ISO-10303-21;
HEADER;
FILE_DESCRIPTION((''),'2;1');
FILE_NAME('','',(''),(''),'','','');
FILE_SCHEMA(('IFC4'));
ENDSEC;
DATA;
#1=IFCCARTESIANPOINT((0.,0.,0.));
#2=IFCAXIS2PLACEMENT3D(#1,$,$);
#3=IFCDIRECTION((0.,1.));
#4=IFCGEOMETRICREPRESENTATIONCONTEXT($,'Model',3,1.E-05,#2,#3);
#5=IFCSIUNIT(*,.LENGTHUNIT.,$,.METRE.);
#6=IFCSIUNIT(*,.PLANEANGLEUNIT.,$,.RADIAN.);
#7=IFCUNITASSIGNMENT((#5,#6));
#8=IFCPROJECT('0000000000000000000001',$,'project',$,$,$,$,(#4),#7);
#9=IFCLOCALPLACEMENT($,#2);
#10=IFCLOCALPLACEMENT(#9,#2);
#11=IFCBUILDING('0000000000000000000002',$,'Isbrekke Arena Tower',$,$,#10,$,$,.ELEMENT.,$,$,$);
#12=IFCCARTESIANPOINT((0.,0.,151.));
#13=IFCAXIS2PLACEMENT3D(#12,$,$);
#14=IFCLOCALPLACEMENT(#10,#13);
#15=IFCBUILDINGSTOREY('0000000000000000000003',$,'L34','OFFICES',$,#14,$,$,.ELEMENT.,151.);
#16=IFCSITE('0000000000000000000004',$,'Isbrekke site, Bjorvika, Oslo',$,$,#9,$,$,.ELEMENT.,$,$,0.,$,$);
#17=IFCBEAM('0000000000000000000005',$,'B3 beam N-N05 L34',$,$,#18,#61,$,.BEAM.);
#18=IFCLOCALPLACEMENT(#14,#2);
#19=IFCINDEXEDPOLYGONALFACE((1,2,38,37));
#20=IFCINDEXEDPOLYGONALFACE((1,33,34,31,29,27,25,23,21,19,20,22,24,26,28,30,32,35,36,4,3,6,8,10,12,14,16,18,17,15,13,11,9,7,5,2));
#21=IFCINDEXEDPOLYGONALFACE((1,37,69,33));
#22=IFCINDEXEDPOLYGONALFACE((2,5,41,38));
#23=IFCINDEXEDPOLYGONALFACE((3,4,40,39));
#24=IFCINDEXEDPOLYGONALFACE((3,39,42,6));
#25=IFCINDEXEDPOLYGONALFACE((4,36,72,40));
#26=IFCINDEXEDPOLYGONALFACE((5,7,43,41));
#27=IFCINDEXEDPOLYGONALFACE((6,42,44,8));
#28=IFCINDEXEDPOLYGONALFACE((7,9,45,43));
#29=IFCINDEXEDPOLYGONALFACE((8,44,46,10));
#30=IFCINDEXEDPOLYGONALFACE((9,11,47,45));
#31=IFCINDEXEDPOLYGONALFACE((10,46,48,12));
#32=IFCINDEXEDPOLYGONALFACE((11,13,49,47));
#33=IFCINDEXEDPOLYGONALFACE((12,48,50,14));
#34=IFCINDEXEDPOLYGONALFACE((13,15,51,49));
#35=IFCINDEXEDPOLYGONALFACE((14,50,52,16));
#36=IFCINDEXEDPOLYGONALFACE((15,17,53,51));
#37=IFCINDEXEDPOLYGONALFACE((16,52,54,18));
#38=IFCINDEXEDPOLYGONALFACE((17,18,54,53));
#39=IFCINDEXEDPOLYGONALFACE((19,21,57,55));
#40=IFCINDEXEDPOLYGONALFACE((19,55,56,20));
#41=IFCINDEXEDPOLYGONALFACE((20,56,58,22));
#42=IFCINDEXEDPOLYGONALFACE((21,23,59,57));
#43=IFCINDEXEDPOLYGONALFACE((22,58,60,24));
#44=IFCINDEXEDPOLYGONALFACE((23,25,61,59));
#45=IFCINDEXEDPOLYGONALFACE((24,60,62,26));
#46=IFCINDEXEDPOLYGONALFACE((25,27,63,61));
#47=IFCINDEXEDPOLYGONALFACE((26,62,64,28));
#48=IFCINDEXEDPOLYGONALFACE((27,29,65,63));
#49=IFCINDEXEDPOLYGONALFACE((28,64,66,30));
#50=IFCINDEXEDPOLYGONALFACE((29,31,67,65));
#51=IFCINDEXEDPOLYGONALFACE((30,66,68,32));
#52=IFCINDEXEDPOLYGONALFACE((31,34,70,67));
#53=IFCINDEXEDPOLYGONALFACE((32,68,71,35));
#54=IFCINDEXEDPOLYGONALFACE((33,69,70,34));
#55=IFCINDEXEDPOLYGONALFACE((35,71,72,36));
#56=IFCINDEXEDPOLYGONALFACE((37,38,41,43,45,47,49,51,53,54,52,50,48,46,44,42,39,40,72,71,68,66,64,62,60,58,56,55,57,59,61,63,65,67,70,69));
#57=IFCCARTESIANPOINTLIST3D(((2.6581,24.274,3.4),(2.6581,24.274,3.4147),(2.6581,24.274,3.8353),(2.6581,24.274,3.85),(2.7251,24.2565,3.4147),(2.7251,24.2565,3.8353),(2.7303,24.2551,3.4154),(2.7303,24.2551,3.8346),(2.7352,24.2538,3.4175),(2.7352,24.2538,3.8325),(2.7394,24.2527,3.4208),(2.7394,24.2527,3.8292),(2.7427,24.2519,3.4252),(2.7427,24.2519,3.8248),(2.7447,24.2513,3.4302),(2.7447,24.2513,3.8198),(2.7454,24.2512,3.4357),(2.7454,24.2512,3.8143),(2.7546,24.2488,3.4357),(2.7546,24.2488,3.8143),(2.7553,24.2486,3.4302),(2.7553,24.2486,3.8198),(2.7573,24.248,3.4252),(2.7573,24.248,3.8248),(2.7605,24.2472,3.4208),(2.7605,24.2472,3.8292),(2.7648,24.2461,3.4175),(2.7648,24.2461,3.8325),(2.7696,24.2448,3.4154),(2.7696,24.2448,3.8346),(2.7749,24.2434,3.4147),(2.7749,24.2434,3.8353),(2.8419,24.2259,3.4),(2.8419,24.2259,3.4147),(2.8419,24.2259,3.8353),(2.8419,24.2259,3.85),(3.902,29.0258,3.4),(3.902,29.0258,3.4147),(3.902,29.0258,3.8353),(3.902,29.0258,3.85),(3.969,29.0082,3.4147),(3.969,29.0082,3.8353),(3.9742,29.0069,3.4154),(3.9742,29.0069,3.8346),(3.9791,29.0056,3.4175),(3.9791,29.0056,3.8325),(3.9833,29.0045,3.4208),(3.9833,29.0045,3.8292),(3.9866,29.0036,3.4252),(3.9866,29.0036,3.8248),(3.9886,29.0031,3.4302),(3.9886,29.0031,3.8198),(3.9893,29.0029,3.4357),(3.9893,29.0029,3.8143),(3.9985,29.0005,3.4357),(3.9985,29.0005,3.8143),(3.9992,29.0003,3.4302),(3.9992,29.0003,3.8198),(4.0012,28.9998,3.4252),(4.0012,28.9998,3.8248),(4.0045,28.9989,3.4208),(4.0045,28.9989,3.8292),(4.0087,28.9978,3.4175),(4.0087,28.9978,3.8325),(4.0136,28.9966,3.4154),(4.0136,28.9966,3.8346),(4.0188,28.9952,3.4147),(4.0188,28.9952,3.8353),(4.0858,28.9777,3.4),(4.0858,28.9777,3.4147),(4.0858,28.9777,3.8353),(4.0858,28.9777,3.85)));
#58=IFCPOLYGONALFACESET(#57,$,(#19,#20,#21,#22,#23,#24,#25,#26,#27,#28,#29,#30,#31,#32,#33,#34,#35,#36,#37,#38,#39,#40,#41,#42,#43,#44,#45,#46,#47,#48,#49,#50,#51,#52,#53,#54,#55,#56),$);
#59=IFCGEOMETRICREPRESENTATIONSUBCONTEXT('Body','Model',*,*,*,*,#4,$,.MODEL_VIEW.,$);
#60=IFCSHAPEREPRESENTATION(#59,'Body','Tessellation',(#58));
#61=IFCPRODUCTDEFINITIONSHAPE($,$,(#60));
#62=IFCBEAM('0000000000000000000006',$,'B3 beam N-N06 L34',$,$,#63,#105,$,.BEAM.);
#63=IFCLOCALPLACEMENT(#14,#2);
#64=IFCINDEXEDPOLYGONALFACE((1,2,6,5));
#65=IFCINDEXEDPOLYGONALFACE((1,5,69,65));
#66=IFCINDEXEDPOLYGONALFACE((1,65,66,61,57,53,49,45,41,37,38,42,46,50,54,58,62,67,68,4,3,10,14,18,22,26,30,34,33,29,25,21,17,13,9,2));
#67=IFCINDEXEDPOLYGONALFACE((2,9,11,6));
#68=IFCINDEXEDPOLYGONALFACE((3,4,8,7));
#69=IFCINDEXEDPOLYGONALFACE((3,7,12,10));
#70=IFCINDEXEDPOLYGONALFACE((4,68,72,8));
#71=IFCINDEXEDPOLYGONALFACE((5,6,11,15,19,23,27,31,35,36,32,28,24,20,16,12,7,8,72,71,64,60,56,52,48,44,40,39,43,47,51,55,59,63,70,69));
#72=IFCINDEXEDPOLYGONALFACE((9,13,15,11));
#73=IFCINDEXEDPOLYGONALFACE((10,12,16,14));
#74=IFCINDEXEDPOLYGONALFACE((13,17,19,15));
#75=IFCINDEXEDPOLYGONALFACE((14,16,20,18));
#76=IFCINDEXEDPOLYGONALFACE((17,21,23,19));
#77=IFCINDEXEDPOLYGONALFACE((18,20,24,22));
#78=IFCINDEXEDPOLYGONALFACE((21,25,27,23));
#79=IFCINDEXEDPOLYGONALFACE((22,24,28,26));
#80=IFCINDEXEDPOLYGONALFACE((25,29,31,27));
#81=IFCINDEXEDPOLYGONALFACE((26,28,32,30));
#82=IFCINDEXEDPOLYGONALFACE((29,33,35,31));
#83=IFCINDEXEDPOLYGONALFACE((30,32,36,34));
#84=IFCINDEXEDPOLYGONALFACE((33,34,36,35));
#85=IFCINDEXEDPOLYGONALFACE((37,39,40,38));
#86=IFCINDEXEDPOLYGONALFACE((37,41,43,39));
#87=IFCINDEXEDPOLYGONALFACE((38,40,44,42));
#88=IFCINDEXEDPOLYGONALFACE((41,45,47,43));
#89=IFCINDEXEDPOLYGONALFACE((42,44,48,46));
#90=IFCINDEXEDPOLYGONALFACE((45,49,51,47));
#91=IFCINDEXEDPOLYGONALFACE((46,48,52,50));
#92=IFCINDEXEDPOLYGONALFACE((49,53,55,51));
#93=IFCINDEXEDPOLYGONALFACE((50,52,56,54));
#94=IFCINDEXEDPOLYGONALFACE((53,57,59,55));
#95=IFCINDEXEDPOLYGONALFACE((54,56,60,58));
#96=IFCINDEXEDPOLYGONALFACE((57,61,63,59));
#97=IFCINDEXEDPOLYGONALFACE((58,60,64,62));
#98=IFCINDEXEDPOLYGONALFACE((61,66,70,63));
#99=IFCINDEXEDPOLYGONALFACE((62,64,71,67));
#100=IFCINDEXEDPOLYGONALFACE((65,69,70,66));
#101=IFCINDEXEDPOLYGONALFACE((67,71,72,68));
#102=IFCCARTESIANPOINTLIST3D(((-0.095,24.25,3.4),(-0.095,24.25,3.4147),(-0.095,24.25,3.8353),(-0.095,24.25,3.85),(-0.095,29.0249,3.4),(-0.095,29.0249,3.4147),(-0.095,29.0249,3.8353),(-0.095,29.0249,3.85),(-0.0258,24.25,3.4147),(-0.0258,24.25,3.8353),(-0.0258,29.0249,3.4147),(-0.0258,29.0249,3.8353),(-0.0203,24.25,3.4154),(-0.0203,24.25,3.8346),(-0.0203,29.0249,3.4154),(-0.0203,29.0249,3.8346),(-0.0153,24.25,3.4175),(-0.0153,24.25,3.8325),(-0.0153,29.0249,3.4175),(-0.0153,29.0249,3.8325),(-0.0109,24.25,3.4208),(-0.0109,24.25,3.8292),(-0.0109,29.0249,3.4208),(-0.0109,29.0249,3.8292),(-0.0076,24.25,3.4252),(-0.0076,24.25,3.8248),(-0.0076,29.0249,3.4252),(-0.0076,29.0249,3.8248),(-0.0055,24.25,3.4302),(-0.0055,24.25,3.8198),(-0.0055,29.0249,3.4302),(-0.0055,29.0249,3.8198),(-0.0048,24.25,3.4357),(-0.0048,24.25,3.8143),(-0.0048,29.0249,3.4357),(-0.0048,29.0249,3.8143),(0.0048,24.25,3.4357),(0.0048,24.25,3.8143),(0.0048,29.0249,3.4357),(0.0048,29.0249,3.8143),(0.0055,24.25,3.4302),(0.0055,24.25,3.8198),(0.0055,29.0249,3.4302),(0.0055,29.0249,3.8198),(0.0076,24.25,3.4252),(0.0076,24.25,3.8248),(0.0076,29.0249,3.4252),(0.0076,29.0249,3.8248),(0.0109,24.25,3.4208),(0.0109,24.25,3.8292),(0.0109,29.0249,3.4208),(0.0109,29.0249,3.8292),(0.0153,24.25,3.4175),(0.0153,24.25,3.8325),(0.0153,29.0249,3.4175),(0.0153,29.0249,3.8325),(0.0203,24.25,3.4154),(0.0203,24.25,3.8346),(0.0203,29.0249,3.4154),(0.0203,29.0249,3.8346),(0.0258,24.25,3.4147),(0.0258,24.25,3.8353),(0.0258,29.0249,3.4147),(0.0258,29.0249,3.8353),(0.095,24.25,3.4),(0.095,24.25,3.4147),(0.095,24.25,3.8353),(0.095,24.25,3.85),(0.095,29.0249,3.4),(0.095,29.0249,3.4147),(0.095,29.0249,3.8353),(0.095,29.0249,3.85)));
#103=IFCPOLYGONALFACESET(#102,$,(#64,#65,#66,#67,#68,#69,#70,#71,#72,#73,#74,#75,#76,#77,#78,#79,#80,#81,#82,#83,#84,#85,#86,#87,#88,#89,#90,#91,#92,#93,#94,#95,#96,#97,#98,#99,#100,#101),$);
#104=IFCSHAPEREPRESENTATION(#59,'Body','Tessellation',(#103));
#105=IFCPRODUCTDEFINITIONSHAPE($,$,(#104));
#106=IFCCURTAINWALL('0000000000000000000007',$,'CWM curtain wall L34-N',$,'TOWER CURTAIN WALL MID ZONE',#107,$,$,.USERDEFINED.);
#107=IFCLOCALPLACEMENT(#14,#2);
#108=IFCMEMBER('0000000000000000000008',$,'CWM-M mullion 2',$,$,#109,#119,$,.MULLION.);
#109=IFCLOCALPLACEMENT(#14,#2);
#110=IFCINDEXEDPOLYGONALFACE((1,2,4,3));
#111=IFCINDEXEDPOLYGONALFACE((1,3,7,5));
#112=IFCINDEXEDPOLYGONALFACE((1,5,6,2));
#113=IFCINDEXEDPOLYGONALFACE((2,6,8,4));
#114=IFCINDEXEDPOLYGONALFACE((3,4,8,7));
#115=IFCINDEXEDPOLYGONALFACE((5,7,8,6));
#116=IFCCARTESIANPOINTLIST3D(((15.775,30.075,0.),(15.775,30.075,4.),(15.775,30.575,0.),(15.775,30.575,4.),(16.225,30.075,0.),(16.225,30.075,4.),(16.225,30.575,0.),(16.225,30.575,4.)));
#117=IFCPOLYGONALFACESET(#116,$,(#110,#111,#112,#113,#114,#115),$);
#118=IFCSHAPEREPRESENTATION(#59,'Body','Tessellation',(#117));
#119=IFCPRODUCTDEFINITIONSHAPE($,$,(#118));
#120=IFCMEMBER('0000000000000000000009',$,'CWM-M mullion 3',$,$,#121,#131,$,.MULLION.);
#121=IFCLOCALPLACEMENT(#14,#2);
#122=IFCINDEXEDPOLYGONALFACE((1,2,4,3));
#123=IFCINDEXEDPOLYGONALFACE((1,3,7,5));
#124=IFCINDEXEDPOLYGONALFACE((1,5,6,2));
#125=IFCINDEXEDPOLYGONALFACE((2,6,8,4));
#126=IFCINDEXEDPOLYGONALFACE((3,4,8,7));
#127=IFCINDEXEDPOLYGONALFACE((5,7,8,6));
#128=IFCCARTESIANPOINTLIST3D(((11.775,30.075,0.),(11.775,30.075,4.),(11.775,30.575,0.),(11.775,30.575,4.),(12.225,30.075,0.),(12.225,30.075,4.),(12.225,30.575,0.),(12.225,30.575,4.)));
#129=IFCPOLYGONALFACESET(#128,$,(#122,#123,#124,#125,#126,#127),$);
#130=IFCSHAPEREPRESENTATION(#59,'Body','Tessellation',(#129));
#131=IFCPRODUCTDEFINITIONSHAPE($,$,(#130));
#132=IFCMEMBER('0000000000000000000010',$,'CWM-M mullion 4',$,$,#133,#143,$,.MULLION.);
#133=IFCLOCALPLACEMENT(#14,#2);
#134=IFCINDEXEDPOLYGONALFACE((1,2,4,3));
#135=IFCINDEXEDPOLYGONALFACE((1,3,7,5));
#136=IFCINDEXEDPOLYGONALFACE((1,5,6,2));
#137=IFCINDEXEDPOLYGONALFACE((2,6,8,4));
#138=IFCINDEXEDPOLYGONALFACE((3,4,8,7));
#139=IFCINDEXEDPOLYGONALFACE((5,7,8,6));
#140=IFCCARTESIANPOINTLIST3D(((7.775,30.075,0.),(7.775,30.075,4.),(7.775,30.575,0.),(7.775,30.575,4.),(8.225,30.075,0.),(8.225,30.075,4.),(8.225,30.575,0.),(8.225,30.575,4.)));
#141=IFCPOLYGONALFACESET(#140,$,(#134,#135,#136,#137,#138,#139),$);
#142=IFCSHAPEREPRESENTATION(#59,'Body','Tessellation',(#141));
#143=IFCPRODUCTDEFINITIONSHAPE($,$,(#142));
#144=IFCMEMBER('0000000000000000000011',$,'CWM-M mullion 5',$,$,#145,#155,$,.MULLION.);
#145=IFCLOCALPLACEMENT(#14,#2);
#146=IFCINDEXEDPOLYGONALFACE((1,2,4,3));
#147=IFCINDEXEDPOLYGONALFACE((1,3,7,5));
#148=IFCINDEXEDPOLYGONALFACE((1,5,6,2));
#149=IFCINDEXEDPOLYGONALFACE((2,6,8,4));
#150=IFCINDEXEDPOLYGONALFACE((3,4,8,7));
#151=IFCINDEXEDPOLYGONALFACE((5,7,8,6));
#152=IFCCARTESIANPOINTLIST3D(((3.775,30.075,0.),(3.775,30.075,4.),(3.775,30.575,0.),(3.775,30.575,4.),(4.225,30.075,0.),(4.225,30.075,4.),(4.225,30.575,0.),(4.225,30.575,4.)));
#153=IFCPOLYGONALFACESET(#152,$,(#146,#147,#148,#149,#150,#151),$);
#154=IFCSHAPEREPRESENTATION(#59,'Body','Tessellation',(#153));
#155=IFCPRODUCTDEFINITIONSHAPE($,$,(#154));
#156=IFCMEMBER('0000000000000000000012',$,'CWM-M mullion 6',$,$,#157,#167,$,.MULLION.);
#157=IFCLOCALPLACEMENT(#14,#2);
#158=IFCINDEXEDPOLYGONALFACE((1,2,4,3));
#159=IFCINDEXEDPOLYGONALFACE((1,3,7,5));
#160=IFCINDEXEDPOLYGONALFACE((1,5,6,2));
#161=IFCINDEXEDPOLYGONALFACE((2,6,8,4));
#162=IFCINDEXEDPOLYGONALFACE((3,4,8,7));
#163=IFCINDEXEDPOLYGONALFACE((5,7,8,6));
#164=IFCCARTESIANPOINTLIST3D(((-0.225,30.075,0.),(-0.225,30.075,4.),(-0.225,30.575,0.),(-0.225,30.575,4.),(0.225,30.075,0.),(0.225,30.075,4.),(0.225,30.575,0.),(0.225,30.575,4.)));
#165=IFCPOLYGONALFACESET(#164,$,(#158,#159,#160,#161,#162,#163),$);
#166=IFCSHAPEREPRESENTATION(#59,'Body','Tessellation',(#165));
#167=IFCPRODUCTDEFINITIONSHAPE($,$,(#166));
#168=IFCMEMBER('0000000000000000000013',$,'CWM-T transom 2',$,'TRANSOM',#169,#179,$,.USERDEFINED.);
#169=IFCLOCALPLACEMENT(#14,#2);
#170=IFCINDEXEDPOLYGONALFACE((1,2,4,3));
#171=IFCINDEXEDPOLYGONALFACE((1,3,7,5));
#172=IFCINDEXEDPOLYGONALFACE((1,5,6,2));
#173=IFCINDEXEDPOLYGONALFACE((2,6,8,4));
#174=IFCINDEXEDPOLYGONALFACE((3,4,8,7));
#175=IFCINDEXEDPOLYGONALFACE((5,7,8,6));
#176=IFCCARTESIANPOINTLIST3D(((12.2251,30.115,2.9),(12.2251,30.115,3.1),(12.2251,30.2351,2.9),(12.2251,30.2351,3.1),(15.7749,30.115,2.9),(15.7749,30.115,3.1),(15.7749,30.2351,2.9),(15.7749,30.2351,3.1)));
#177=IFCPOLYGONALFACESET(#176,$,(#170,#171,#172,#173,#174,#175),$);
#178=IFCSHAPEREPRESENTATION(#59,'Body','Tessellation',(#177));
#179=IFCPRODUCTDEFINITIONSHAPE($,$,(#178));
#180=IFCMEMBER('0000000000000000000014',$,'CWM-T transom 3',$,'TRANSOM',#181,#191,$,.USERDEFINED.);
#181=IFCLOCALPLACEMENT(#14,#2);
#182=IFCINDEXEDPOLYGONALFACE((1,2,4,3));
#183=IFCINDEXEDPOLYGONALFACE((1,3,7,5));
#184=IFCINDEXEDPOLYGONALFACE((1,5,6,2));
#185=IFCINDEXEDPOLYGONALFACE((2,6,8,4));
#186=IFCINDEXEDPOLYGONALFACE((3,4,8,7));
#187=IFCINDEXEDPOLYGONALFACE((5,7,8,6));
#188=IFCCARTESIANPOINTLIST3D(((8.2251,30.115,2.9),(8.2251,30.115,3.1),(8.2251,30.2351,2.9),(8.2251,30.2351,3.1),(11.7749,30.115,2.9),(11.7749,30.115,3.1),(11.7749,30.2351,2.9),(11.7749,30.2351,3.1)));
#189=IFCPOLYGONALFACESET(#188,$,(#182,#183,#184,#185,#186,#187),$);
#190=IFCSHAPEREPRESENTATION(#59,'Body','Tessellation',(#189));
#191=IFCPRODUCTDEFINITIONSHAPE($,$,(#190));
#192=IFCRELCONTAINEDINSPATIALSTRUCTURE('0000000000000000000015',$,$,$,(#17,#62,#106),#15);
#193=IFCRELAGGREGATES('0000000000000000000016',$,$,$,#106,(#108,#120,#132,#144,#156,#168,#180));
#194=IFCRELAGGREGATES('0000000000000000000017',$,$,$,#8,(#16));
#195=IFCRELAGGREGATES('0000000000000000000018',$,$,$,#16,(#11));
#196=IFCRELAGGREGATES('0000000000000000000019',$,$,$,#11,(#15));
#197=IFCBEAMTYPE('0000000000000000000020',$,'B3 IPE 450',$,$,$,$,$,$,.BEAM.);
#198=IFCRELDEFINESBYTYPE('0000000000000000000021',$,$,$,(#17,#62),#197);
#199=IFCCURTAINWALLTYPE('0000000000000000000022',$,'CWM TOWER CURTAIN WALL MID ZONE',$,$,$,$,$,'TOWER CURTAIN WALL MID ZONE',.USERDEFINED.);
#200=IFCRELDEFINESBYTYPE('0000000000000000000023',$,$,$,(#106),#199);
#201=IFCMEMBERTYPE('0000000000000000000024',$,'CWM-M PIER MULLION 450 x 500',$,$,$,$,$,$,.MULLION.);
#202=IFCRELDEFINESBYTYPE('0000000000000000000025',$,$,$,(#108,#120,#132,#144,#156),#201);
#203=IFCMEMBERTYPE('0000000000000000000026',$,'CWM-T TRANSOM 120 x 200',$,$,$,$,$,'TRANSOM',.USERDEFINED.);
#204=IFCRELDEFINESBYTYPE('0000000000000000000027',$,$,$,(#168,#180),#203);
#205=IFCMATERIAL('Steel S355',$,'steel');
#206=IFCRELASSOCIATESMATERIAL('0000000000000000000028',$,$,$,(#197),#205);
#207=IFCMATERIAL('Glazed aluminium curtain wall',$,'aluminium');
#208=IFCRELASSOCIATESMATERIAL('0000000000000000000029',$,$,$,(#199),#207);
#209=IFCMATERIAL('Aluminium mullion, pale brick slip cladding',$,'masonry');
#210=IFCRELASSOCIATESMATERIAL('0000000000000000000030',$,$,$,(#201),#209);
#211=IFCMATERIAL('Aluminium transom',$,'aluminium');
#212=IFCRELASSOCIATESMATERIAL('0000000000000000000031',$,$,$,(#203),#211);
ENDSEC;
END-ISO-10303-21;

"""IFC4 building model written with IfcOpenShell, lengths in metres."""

from ifc_helpers import new_model, si_unit, direction, frame, origin, origin_2d, place, context, subcontext, project, spatial, rectangle, i_section, extrude, material, material_profile, profile_set, type_object, element, aggregate, save


model = new_model("IFC4")

# Units and contexts
model_context = context("Model", 3, precision=1e-05, world=origin(), true_north=direction((0.0, 1.0)))
body_context = subcontext(model_context, "Body", "Model", "MODEL_VIEW")
ifc_project = project(units=[si_unit("LENGTHUNIT", "METRE"), si_unit("PLANEANGLEUNIT", "RADIAN")], contexts=[model_context])

# Site, building, storey
site_placement = place(None, origin())
site = spatial("IfcSite", under=ifc_project, at=site_placement, Name="Isbrekke site, Bjorvika, Oslo", CompositionType="ELEMENT", RefElevation=0.0)
building_placement = place(site_placement, origin())
building = spatial("IfcBuilding", under=site, at=building_placement, Name="Isbrekke Arena Tower", CompositionType="ELEMENT")
storey_placement = place(building_placement, frame((0.0, 0.0, 151.0)))
storey = spatial("IfcBuildingStorey", under=building, at=storey_placement, Name="L34", Description="OFFICES", CompositionType="ELEMENT", Elevation=151.0)

# Beams
ifc_material_1 = material(Name="Steel S355", Category="steel")
ifc_material_profile_1 = material_profile(ifc_material_1, i_section(OverallWidth=0.1899, OverallDepth=0.45, WebThickness=0.0095, FlangeThickness=0.0146, FilletRadius=0.021, at=origin_2d()), Name="IPE 450")
ifc_profile_set_1 = profile_set([ifc_material_profile_1], Name="Steel S355")
beam_type_1 = type_object("IfcBeamType", Name="B3 IPE 450", PredefinedType="BEAM", material=ifc_profile_set_1)
beam_1_placement = place(storey_placement, frame((3.9939, 29.0017, 3.625), z_axis=(-0.253245, -0.967402, 0.0), x_axis=(0.967402, -0.253245, 0.0)))
element("IfcBeam", 1, at=beam_1_placement, inside=storey, type_object=beam_type_1, Name="B3 beam N-N05 L34", PredefinedType="BEAM", context=body_context, shape_type="SweptSolid", body=[
    extrude(i_section(OverallWidth=0.1899, OverallDepth=0.45, WebThickness=0.0095, FlangeThickness=0.0146, FilletRadius=0.021, at=origin_2d()), origin(), (0.0, 0.0, 1.0), 4.9119),
])
beam_2_placement = place(storey_placement, frame((0.0, 29.0249, 3.625), z_axis=(0.0, -1.0, 0.0), x_axis=(1.0, 0.0, 0.0)))
element("IfcBeam", 2, at=beam_2_placement, inside=storey, type_object=beam_type_1, Name="B3 beam N-N06 L34", PredefinedType="BEAM", context=body_context, shape_type="SweptSolid", body=[
    extrude(i_section(OverallWidth=0.1899, OverallDepth=0.45, WebThickness=0.0095, FlangeThickness=0.0146, FilletRadius=0.021, at=origin_2d()), origin(), (0.0, 0.0, 1.0), 4.7749),
])

# Curtain wall, members
ifc_material_2 = material(Name="Glazed aluminium curtain wall", Category="aluminium")
curtain_wall_type = type_object("IfcCurtainWallType", Name="CWM TOWER CURTAIN WALL MID ZONE", ElementType="TOWER CURTAIN WALL MID ZONE", PredefinedType="USERDEFINED", material=ifc_material_2)
curtain_wall_placement = place(storey_placement, origin())
curtain_wall = element("IfcCurtainWall", 3, at=curtain_wall_placement, inside=storey, type_object=curtain_wall_type, Name="CWM curtain wall L34-N", ObjectType="TOWER CURTAIN WALL MID ZONE", PredefinedType="USERDEFINED")
ifc_material_3 = material(Name="Aluminium mullion, pale brick slip cladding", Category="masonry")
ifc_material_profile_2 = material_profile(ifc_material_3, rectangle(XDim=0.45, YDim=0.5, at=origin_2d()), Name="PIER 450X500")
ifc_profile_set_2 = profile_set([ifc_material_profile_2], Name="Aluminium mullion, pale brick slip cladding")
member_type_1 = type_object("IfcMemberType", Name="CWM-M PIER MULLION 450 x 500", PredefinedType="MULLION", material=ifc_profile_set_2)
member_1_placement = place(storey_placement, frame((16.0, 30.325, 0.0), z_axis=(0.0, 0.0, 1.0), x_axis=(-1.0, 0.0, 0.0)))
member_1 = element("IfcMember", 4, at=member_1_placement, type_object=member_type_1, Name="CWM-M mullion 2", PredefinedType="MULLION", context=body_context, shape_type="SweptSolid", body=[
    extrude(rectangle(XDim=0.45, YDim=0.5, at=origin_2d()), origin(), (0.0, 0.0, 1.0), 4.0),
])
member_2_placement = place(storey_placement, frame((12.0, 30.325, 0.0), z_axis=(0.0, 0.0, 1.0), x_axis=(-1.0, 0.0, 0.0)))
member_2 = element("IfcMember", 5, at=member_2_placement, type_object=member_type_1, Name="CWM-M mullion 3", PredefinedType="MULLION", context=body_context, shape_type="SweptSolid", body=[
    extrude(rectangle(XDim=0.45, YDim=0.5, at=origin_2d()), origin(), (0.0, 0.0, 1.0), 4.0),
])
member_3_placement = place(storey_placement, frame((8.0, 30.325, 0.0), z_axis=(0.0, 0.0, 1.0), x_axis=(-1.0, 0.0, 0.0)))
member_3 = element("IfcMember", 6, at=member_3_placement, type_object=member_type_1, Name="CWM-M mullion 4", PredefinedType="MULLION", context=body_context, shape_type="SweptSolid", body=[
    extrude(rectangle(XDim=0.45, YDim=0.5, at=origin_2d()), origin(), (0.0, 0.0, 1.0), 4.0),
])
member_4_placement = place(storey_placement, frame((4.0, 30.325, 0.0), z_axis=(0.0, 0.0, 1.0), x_axis=(-1.0, 0.0, 0.0)))
member_4 = element("IfcMember", 7, at=member_4_placement, type_object=member_type_1, Name="CWM-M mullion 5", PredefinedType="MULLION", context=body_context, shape_type="SweptSolid", body=[
    extrude(rectangle(XDim=0.45, YDim=0.5, at=origin_2d()), origin(), (0.0, 0.0, 1.0), 4.0),
])
member_5_placement = place(storey_placement, frame((0.0, 30.325, 0.0), z_axis=(0.0, 0.0, 1.0), x_axis=(-1.0, 0.0, 0.0)))
member_5 = element("IfcMember", 8, at=member_5_placement, type_object=member_type_1, Name="CWM-M mullion 6", PredefinedType="MULLION", context=body_context, shape_type="SweptSolid", body=[
    extrude(rectangle(XDim=0.45, YDim=0.5, at=origin_2d()), origin(), (0.0, 0.0, 1.0), 4.0),
])
ifc_material_4 = material(Name="Aluminium transom", Category="aluminium")
ifc_material_profile_3 = material_profile(ifc_material_4, rectangle(XDim=0.1201, YDim=0.2, at=origin_2d()), Name="TRANSOM 120X200")
ifc_profile_set_3 = profile_set([ifc_material_profile_3], Name="Aluminium transom")
member_type_2 = type_object("IfcMemberType", Name="CWM-T TRANSOM 120 x 200", ElementType="TRANSOM", PredefinedType="USERDEFINED", material=ifc_profile_set_3)
member_6_placement = place(storey_placement, frame((15.7749, 30.175, 3.0), z_axis=(-1.0, 0.0, 0.0), x_axis=(0.0, -1.0, 0.0)))
member_6 = element("IfcMember", 9, at=member_6_placement, type_object=member_type_2, Name="CWM-T transom 2", ObjectType="TRANSOM", PredefinedType="USERDEFINED", context=body_context, shape_type="SweptSolid", body=[
    extrude(rectangle(XDim=0.1201, YDim=0.2, at=origin_2d()), origin(), (0.0, 0.0, 1.0), 3.5498),
])
member_7_placement = place(storey_placement, frame((11.7749, 30.175, 3.0), z_axis=(-1.0, 0.0, 0.0), x_axis=(0.0, -1.0, 0.0)))
member_7 = element("IfcMember", 10, at=member_7_placement, type_object=member_type_2, Name="CWM-T transom 3", ObjectType="TRANSOM", PredefinedType="USERDEFINED", context=body_context, shape_type="SweptSolid", body=[
    extrude(rectangle(XDim=0.1201, YDim=0.2, at=origin_2d()), origin(), (0.0, 0.0, 1.0), 3.5498),
])

aggregate(curtain_wall, [member_1, member_2, member_3, member_4, member_5, member_6, member_7])

save(model, "model.ifc")
